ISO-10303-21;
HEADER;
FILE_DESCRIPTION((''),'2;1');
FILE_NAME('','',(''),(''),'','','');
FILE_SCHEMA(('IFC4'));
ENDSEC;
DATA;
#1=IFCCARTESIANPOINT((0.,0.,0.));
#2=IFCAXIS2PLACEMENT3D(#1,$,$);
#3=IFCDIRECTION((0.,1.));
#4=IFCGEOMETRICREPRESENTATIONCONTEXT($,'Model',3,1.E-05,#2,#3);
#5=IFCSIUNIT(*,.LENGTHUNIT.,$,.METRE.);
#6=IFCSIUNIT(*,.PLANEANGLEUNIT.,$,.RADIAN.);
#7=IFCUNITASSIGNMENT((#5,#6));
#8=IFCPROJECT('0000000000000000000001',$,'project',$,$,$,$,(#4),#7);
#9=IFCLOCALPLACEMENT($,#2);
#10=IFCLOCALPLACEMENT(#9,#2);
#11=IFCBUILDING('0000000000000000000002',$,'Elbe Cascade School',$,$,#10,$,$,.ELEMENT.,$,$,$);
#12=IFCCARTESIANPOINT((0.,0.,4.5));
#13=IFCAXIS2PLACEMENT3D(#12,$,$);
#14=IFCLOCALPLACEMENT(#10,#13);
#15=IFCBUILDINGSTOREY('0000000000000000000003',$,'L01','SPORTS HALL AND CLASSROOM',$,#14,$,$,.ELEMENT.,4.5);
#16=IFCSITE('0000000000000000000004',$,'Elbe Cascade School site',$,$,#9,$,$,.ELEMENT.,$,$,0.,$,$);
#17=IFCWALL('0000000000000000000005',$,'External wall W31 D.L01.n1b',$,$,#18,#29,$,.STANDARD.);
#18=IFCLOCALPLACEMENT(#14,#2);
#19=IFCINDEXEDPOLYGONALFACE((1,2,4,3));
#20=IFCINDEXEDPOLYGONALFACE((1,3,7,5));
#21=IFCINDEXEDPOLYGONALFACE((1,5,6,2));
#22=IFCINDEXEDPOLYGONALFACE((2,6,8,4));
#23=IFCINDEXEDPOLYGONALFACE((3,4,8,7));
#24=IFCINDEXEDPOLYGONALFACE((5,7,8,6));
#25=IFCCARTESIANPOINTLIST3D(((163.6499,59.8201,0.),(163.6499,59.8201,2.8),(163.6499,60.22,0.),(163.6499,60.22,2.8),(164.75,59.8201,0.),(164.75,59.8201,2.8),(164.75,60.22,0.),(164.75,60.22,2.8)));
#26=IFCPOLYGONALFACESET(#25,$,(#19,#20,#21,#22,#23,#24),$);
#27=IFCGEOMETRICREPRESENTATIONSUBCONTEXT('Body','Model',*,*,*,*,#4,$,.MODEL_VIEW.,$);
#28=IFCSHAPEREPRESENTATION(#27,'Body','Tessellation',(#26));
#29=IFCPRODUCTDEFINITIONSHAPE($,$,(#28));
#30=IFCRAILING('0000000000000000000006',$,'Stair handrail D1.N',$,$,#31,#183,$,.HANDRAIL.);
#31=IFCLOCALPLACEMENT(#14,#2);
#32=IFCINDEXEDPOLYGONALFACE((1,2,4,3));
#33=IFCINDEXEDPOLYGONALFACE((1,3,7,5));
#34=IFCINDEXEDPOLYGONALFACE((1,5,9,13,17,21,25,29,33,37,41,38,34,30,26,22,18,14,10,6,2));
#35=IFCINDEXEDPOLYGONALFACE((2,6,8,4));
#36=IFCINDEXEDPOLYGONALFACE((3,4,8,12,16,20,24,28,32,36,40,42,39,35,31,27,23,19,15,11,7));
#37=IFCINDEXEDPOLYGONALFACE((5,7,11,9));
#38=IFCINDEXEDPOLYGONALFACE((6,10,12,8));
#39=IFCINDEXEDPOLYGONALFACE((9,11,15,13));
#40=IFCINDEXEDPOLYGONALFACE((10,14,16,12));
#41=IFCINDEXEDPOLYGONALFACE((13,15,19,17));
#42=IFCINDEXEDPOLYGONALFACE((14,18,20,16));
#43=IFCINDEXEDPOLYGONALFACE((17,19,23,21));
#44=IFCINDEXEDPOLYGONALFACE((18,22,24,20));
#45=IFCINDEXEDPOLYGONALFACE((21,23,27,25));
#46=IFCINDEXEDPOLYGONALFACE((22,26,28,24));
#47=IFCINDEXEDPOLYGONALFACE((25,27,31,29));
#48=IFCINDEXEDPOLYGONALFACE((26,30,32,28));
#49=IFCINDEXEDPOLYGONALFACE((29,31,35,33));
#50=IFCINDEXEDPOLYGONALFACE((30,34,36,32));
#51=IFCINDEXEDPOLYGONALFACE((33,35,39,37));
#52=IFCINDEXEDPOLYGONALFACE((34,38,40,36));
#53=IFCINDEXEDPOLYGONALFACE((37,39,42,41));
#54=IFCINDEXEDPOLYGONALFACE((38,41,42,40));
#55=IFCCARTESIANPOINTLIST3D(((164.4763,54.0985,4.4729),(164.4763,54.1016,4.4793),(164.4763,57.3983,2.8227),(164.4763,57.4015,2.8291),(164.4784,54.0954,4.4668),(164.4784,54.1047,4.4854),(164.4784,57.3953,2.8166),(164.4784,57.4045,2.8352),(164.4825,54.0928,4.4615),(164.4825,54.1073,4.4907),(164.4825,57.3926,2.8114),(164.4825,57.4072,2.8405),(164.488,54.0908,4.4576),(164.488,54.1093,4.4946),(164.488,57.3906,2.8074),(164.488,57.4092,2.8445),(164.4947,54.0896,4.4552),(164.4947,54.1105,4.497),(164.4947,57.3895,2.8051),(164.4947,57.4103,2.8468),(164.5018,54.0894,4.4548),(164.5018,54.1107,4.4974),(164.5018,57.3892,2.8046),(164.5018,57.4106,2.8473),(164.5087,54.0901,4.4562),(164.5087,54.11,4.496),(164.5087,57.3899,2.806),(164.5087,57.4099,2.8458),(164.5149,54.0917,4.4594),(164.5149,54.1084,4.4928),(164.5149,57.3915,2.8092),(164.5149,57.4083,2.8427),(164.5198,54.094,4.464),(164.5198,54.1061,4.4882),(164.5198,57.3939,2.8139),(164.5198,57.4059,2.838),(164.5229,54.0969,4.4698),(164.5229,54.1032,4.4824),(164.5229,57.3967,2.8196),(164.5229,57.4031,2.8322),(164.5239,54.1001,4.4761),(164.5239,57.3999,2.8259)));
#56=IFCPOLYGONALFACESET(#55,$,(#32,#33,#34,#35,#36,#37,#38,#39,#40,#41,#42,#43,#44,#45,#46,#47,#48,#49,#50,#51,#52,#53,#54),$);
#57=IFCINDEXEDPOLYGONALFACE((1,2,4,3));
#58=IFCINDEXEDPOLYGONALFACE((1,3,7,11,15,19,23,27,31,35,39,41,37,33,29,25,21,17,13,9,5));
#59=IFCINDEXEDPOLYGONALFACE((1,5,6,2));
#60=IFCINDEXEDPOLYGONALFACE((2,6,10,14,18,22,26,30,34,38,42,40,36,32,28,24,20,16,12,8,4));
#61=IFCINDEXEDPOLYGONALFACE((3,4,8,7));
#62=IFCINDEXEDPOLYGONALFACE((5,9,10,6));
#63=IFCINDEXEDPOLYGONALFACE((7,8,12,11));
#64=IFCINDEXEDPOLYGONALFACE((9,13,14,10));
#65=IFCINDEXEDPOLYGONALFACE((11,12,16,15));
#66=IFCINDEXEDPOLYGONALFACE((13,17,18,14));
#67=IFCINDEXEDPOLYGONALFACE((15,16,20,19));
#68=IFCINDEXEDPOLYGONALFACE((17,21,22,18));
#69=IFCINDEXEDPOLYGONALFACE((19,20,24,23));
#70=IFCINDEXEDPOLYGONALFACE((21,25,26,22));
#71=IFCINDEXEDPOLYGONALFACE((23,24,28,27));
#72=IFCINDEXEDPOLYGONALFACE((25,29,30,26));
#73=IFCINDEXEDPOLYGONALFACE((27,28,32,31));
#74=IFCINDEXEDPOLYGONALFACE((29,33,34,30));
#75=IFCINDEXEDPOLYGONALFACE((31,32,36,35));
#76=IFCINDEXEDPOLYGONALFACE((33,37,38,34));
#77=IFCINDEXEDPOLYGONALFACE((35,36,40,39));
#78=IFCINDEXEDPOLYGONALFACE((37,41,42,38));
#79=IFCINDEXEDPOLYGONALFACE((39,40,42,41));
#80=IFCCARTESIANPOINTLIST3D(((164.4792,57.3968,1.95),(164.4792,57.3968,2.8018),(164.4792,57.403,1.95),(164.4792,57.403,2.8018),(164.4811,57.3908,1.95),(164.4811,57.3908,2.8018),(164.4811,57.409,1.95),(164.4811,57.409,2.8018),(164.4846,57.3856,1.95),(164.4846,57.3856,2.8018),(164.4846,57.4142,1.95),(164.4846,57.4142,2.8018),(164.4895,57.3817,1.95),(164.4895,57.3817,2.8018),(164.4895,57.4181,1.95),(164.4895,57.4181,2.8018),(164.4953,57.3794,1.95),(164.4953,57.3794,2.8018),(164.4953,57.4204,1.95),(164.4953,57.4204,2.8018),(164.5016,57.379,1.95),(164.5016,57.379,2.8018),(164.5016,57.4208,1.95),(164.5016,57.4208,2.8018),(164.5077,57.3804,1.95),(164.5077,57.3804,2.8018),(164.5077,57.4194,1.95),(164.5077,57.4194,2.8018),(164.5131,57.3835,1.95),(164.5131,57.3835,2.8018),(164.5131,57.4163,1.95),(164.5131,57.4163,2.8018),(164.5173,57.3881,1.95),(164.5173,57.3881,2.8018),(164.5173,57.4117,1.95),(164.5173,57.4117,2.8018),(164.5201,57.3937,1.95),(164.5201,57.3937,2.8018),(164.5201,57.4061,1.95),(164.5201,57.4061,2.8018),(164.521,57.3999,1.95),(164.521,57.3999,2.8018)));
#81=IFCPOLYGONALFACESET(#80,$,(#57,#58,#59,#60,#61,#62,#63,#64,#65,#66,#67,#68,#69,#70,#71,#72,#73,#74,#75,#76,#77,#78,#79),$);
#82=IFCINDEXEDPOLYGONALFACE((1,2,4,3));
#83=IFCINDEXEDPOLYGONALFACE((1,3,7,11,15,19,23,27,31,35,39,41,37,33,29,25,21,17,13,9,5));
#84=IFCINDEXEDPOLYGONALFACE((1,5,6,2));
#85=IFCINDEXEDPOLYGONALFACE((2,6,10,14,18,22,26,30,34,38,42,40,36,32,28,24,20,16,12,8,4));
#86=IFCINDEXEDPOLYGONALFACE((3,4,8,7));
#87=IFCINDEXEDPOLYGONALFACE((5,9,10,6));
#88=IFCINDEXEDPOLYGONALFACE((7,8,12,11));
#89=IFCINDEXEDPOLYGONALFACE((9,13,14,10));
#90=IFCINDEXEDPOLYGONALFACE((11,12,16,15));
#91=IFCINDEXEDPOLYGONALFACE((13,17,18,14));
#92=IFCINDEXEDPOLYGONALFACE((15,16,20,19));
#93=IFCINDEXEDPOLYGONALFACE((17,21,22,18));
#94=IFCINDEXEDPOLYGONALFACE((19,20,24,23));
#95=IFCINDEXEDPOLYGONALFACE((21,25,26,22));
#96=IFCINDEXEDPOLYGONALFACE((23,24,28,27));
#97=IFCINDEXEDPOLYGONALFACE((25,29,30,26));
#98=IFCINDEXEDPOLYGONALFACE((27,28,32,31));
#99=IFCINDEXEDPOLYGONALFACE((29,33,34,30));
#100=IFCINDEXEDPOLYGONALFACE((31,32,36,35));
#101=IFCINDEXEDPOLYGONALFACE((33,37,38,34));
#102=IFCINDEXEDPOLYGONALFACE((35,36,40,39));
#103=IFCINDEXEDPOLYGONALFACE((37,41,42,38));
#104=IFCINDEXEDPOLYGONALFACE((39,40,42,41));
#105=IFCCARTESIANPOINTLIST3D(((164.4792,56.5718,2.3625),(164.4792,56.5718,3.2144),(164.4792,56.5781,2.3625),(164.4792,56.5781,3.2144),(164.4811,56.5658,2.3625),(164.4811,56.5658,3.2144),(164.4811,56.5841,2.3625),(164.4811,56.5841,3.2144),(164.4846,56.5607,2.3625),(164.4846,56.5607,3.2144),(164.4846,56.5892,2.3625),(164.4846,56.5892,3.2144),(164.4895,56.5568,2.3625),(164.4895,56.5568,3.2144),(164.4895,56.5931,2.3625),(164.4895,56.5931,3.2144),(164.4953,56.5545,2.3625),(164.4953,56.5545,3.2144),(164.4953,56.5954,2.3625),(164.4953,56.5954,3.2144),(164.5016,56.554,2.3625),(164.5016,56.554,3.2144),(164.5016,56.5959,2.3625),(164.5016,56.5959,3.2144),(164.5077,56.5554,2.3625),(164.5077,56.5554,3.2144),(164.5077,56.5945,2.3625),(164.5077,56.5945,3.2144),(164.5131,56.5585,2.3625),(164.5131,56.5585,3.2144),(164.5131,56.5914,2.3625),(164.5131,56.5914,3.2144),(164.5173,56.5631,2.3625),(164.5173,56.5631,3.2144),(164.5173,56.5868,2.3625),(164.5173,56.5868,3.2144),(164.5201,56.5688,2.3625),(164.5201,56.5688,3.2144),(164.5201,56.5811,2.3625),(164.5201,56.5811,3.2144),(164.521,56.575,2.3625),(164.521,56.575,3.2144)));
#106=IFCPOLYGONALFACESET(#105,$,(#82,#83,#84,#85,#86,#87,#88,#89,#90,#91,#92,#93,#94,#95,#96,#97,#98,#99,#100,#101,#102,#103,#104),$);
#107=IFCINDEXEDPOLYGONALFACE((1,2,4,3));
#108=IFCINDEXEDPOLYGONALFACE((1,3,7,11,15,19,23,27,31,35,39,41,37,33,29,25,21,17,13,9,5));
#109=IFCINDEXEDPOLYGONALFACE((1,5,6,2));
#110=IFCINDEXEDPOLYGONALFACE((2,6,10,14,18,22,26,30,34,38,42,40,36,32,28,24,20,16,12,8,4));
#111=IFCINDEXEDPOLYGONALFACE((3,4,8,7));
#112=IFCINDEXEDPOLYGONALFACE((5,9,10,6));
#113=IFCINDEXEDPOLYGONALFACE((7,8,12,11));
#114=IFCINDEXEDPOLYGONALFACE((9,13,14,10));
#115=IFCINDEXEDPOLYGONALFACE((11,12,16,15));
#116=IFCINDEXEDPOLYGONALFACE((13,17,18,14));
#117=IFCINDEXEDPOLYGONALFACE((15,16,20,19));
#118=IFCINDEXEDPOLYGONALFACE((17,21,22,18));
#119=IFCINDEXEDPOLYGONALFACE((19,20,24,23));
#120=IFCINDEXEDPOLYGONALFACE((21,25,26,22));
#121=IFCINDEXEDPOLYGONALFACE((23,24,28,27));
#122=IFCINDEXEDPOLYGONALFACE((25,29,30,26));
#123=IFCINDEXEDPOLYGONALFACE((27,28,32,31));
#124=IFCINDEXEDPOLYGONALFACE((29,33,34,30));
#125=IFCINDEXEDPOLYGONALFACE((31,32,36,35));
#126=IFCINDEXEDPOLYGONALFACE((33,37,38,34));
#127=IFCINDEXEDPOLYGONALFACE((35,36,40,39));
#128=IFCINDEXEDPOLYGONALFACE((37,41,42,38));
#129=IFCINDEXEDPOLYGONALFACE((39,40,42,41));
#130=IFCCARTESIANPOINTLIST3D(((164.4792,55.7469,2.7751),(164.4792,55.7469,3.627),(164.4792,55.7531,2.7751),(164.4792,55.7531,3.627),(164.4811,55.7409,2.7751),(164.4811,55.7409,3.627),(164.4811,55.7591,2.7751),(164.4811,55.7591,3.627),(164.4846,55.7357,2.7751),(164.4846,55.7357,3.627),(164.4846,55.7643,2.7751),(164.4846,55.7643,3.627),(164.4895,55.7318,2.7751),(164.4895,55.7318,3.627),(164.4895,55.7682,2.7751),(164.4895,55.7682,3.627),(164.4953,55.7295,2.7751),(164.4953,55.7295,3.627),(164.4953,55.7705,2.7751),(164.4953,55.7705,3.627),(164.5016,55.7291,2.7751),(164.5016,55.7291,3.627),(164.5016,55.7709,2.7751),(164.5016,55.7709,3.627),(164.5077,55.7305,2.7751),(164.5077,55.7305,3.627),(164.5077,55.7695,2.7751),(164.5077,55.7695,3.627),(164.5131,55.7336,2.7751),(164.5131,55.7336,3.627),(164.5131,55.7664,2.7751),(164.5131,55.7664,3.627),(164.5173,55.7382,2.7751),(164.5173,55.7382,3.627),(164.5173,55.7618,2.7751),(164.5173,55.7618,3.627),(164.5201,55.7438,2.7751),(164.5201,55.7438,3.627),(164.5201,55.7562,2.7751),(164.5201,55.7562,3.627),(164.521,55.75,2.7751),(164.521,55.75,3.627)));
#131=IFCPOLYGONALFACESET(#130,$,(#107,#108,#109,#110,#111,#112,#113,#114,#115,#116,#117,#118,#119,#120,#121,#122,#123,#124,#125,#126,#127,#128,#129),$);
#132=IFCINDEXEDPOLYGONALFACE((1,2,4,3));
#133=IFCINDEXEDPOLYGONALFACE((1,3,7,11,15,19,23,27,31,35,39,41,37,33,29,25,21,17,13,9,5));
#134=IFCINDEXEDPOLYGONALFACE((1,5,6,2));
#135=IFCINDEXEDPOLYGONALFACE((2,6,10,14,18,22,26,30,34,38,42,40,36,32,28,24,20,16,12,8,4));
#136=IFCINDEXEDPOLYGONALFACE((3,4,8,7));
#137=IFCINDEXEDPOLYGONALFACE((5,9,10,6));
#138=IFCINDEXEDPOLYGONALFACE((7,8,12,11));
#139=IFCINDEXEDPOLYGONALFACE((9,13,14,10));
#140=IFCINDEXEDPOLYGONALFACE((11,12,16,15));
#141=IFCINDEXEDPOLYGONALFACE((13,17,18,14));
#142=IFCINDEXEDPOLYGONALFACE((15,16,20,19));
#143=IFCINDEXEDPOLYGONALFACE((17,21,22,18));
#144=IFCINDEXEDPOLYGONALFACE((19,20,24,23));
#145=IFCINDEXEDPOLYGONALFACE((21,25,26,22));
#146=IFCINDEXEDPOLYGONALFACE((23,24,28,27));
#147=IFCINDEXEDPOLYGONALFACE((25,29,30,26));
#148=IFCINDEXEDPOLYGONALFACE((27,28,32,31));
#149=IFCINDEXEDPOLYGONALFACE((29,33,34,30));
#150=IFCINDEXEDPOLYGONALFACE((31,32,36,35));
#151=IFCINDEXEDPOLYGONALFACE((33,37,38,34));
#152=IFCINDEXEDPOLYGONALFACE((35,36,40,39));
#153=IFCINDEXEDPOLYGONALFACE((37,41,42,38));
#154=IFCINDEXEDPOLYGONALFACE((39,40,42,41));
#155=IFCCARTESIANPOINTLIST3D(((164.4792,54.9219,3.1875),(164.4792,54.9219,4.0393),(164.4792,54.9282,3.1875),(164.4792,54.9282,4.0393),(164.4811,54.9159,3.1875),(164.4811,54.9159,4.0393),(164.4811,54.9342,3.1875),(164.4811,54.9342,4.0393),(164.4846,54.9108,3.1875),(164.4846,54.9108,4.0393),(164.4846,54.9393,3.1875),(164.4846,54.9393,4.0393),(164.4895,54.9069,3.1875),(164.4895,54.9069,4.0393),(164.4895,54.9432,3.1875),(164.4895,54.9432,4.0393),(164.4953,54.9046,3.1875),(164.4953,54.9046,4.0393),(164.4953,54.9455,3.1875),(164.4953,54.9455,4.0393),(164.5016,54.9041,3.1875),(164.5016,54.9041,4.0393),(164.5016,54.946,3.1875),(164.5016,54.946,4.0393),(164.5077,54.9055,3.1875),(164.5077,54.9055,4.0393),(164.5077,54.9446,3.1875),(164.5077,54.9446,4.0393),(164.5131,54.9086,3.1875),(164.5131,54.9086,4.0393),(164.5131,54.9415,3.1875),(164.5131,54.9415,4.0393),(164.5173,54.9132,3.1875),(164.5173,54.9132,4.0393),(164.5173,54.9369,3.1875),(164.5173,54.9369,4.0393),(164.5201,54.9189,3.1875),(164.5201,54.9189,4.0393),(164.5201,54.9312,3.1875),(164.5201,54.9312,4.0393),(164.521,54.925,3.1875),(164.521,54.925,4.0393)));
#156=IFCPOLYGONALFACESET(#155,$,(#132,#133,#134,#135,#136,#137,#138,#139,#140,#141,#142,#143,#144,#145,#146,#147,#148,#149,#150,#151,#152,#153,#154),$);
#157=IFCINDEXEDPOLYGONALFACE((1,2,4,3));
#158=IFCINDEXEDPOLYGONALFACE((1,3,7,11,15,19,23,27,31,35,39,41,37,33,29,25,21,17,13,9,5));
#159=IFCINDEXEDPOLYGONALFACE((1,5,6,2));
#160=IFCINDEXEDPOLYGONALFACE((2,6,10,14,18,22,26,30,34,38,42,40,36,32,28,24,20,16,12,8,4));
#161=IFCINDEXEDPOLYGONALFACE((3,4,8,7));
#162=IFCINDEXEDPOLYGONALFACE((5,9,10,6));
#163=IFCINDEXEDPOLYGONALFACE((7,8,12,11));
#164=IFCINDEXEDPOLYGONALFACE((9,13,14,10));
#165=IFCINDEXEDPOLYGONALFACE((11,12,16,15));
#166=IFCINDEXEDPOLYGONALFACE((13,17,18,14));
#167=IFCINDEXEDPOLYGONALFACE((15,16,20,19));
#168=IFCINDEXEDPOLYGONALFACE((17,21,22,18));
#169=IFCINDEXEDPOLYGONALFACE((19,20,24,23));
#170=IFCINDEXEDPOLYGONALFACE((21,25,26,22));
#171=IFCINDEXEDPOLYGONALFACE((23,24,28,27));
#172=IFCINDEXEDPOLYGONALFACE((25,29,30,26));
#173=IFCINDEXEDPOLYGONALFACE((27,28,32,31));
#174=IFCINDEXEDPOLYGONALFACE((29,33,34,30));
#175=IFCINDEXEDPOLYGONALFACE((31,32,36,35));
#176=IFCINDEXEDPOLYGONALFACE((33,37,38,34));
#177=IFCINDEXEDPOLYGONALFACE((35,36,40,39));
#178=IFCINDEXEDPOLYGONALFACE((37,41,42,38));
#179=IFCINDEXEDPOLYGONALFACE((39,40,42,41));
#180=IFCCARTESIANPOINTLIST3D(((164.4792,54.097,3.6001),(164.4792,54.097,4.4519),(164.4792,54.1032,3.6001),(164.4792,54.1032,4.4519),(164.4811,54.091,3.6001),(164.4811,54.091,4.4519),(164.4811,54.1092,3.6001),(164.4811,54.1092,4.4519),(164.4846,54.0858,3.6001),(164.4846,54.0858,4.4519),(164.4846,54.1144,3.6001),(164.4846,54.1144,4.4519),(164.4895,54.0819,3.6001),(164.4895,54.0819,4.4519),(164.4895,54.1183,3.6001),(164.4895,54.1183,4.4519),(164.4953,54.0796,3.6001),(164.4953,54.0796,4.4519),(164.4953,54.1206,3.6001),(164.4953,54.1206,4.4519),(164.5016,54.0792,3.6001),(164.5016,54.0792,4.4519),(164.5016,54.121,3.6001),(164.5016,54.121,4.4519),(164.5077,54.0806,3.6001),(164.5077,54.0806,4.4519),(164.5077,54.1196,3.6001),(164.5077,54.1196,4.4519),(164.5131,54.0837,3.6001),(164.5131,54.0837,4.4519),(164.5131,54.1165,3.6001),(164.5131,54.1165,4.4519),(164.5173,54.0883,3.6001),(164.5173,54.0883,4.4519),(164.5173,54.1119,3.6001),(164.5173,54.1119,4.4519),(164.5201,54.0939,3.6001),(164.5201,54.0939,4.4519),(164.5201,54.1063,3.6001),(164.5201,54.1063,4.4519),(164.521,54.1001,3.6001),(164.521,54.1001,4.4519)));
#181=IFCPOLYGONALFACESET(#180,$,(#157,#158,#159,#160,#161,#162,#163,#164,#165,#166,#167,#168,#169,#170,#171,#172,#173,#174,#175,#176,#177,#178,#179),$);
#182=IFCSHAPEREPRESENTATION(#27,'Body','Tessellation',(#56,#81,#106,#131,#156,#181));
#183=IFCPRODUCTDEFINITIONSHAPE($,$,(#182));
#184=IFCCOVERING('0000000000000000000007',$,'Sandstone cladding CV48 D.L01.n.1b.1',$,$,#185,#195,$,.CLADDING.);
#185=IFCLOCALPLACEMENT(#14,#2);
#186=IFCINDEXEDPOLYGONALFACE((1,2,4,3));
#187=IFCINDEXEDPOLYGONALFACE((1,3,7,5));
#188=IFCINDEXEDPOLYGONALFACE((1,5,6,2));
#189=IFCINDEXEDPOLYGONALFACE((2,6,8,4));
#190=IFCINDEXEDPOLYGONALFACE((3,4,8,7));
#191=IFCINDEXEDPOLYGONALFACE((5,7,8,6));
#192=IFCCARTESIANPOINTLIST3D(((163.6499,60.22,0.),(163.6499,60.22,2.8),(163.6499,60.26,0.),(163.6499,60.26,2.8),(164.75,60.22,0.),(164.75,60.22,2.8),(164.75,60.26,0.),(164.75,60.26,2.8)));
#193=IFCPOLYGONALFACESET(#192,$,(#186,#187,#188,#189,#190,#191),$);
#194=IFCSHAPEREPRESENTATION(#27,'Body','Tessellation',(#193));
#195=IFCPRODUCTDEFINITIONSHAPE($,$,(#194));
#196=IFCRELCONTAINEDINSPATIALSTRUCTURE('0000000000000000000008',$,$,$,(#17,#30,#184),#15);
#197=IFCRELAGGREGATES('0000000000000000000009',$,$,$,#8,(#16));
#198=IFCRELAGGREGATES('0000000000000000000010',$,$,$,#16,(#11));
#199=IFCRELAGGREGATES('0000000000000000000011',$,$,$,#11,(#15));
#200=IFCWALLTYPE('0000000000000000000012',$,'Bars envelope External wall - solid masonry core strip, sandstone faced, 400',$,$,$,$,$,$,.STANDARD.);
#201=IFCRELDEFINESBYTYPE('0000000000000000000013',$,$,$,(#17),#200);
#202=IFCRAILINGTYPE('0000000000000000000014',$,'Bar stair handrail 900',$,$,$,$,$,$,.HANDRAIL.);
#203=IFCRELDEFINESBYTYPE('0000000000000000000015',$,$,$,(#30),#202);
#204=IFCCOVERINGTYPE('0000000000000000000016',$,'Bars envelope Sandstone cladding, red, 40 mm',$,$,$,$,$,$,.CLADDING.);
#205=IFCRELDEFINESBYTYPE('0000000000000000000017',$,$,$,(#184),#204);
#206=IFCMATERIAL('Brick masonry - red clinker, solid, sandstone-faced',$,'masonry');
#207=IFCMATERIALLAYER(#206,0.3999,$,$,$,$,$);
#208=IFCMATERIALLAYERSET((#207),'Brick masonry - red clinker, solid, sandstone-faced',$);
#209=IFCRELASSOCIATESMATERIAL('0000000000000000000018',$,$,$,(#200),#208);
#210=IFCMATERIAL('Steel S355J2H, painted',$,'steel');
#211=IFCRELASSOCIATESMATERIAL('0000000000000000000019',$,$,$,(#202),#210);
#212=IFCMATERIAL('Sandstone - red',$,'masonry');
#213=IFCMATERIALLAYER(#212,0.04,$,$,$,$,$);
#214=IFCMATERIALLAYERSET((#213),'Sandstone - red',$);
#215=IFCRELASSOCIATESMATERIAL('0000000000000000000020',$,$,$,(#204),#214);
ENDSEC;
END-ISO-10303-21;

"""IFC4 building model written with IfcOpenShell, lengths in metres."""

from ifc_helpers import new_model, si_unit, direction, frame, frame_2d, origin, origin_2d, place, context, subcontext, project, spatial, rectangle, circle, extrude, material, layer, layer_set, type_object, element, save


model = new_model("IFC4")

# Units and contexts
model_context = context("Model", 3, precision=1e-05, world=origin(), true_north=direction((0.0, 1.0)))
body_context = subcontext(model_context, "Body", "Model", "MODEL_VIEW")
ifc_project = project(units=[si_unit("LENGTHUNIT", "METRE"), si_unit("PLANEANGLEUNIT", "RADIAN")], contexts=[model_context])

# Site, building, storey
site_placement = place(None, origin())
site = spatial("IfcSite", under=ifc_project, at=site_placement, Name="Elbe Cascade School site", CompositionType="ELEMENT", RefElevation=0.0)
building_placement = place(site_placement, origin())
building = spatial("IfcBuilding", under=site, at=building_placement, Name="Elbe Cascade School", CompositionType="ELEMENT")
storey_placement = place(building_placement, frame((0.0, 0.0, 4.5)))
storey = spatial("IfcBuildingStorey", under=building, at=storey_placement, Name="L01", Description="SPORTS HALL AND CLASSROOM", CompositionType="ELEMENT", Elevation=4.5)

# Wall
ifc_material_1 = material(Name="Brick masonry - red clinker, solid, sandstone-faced", Category="masonry")
ifc_layer_1 = layer(ifc_material_1, 0.3999)
ifc_layer_set_1 = layer_set([ifc_layer_1], Name="Brick masonry - red clinker, solid, sandstone-faced")
wall_type_1 = type_object("IfcWallType", Name="Bars envelope External wall - solid masonry core strip, sandstone faced, 400", PredefinedType="STANDARD", material=ifc_layer_set_1)
wall_1_placement = place(storey_placement, frame((163.6499, 60.02, 0.0), z_axis=(0.0, 0.0, 1.0), x_axis=(1.0, 0.0, 0.0)))
element("IfcWall", 1, at=wall_1_placement, inside=storey, type_object=wall_type_1, Name="External wall W31 D.L01.n1b", PredefinedType="STANDARD", context=body_context, shape_type="SweptSolid", body=[
    extrude(rectangle(XDim=1.1001, YDim=0.3999, at=frame_2d((0.55, 0.0))), origin(), (0.0, 0.0, 1.0), 2.8),
])

# Railing
ifc_material_2 = material(Name="Steel S355J2H, painted", Category="steel")
railing_type = type_object("IfcRailingType", Name="Bar stair handrail 900", PredefinedType="HANDRAIL", material=ifc_material_2)
railing_placement = place(storey_placement, frame((164.5, 57.3999, 1.95)))
element("IfcRailing", 2, at=railing_placement, inside=storey, type_object=railing_type, Name="Stair handrail D1.N", PredefinedType="HANDRAIL", context=body_context, shape_type="SweptSolid", body=[
    extrude(circle(Radius=0.0239, at=origin_2d()), frame((0.0, 0.0, 0.876), z_axis=(0.0, -0.894401, 0.447267), x_axis=(1.0, 0.0, 0.0)), (0.0, 0.0, 1.0), 3.6895),
    extrude(circle(Radius=0.021, at=origin_2d()), origin(), (0.0, 0.0, 1.0), 0.8518),
    extrude(circle(Radius=0.021, at=origin_2d()), frame((0.0, -0.825, 0.4126)), (0.0, 0.0, 1.0), 0.8518),
    extrude(circle(Radius=0.021, at=origin_2d()), frame((0.0, -1.6499, 0.8252)), (0.0, 0.0, 1.0), 0.8518),
    extrude(circle(Radius=0.021, at=origin_2d()), frame((0.0, -2.4749, 1.2375)), (0.0, 0.0, 1.0), 0.8518),
    extrude(circle(Radius=0.021, at=origin_2d()), frame((0.0, -3.2998, 1.6501)), (0.0, 0.0, 1.0), 0.8518),
])

# Covering
ifc_material_3 = material(Name="Sandstone - red", Category="masonry")
ifc_layer_2 = layer(ifc_material_3, 0.04)
ifc_layer_set_2 = layer_set([ifc_layer_2], Name="Sandstone - red")
covering_type = type_object("IfcCoveringType", Name="Bars envelope Sandstone cladding, red, 40 mm", PredefinedType="CLADDING", material=ifc_layer_set_2)
covering_placement = place(storey_placement, frame((164.2, 60.24, 0.0), z_axis=(0.0, 0.0, 1.0), x_axis=(1.0, 0.0, 0.0)))
element("IfcCovering", 3, at=covering_placement, inside=storey, type_object=covering_type, Name="Sandstone cladding CV48 D.L01.n.1b.1", PredefinedType="CLADDING", context=body_context, shape_type="SweptSolid", body=[
    extrude(rectangle(XDim=1.1001, YDim=0.04, at=origin_2d()), origin(), (0.0, 0.0, 1.0), 2.8),
])

save(model, "model.ifc")
